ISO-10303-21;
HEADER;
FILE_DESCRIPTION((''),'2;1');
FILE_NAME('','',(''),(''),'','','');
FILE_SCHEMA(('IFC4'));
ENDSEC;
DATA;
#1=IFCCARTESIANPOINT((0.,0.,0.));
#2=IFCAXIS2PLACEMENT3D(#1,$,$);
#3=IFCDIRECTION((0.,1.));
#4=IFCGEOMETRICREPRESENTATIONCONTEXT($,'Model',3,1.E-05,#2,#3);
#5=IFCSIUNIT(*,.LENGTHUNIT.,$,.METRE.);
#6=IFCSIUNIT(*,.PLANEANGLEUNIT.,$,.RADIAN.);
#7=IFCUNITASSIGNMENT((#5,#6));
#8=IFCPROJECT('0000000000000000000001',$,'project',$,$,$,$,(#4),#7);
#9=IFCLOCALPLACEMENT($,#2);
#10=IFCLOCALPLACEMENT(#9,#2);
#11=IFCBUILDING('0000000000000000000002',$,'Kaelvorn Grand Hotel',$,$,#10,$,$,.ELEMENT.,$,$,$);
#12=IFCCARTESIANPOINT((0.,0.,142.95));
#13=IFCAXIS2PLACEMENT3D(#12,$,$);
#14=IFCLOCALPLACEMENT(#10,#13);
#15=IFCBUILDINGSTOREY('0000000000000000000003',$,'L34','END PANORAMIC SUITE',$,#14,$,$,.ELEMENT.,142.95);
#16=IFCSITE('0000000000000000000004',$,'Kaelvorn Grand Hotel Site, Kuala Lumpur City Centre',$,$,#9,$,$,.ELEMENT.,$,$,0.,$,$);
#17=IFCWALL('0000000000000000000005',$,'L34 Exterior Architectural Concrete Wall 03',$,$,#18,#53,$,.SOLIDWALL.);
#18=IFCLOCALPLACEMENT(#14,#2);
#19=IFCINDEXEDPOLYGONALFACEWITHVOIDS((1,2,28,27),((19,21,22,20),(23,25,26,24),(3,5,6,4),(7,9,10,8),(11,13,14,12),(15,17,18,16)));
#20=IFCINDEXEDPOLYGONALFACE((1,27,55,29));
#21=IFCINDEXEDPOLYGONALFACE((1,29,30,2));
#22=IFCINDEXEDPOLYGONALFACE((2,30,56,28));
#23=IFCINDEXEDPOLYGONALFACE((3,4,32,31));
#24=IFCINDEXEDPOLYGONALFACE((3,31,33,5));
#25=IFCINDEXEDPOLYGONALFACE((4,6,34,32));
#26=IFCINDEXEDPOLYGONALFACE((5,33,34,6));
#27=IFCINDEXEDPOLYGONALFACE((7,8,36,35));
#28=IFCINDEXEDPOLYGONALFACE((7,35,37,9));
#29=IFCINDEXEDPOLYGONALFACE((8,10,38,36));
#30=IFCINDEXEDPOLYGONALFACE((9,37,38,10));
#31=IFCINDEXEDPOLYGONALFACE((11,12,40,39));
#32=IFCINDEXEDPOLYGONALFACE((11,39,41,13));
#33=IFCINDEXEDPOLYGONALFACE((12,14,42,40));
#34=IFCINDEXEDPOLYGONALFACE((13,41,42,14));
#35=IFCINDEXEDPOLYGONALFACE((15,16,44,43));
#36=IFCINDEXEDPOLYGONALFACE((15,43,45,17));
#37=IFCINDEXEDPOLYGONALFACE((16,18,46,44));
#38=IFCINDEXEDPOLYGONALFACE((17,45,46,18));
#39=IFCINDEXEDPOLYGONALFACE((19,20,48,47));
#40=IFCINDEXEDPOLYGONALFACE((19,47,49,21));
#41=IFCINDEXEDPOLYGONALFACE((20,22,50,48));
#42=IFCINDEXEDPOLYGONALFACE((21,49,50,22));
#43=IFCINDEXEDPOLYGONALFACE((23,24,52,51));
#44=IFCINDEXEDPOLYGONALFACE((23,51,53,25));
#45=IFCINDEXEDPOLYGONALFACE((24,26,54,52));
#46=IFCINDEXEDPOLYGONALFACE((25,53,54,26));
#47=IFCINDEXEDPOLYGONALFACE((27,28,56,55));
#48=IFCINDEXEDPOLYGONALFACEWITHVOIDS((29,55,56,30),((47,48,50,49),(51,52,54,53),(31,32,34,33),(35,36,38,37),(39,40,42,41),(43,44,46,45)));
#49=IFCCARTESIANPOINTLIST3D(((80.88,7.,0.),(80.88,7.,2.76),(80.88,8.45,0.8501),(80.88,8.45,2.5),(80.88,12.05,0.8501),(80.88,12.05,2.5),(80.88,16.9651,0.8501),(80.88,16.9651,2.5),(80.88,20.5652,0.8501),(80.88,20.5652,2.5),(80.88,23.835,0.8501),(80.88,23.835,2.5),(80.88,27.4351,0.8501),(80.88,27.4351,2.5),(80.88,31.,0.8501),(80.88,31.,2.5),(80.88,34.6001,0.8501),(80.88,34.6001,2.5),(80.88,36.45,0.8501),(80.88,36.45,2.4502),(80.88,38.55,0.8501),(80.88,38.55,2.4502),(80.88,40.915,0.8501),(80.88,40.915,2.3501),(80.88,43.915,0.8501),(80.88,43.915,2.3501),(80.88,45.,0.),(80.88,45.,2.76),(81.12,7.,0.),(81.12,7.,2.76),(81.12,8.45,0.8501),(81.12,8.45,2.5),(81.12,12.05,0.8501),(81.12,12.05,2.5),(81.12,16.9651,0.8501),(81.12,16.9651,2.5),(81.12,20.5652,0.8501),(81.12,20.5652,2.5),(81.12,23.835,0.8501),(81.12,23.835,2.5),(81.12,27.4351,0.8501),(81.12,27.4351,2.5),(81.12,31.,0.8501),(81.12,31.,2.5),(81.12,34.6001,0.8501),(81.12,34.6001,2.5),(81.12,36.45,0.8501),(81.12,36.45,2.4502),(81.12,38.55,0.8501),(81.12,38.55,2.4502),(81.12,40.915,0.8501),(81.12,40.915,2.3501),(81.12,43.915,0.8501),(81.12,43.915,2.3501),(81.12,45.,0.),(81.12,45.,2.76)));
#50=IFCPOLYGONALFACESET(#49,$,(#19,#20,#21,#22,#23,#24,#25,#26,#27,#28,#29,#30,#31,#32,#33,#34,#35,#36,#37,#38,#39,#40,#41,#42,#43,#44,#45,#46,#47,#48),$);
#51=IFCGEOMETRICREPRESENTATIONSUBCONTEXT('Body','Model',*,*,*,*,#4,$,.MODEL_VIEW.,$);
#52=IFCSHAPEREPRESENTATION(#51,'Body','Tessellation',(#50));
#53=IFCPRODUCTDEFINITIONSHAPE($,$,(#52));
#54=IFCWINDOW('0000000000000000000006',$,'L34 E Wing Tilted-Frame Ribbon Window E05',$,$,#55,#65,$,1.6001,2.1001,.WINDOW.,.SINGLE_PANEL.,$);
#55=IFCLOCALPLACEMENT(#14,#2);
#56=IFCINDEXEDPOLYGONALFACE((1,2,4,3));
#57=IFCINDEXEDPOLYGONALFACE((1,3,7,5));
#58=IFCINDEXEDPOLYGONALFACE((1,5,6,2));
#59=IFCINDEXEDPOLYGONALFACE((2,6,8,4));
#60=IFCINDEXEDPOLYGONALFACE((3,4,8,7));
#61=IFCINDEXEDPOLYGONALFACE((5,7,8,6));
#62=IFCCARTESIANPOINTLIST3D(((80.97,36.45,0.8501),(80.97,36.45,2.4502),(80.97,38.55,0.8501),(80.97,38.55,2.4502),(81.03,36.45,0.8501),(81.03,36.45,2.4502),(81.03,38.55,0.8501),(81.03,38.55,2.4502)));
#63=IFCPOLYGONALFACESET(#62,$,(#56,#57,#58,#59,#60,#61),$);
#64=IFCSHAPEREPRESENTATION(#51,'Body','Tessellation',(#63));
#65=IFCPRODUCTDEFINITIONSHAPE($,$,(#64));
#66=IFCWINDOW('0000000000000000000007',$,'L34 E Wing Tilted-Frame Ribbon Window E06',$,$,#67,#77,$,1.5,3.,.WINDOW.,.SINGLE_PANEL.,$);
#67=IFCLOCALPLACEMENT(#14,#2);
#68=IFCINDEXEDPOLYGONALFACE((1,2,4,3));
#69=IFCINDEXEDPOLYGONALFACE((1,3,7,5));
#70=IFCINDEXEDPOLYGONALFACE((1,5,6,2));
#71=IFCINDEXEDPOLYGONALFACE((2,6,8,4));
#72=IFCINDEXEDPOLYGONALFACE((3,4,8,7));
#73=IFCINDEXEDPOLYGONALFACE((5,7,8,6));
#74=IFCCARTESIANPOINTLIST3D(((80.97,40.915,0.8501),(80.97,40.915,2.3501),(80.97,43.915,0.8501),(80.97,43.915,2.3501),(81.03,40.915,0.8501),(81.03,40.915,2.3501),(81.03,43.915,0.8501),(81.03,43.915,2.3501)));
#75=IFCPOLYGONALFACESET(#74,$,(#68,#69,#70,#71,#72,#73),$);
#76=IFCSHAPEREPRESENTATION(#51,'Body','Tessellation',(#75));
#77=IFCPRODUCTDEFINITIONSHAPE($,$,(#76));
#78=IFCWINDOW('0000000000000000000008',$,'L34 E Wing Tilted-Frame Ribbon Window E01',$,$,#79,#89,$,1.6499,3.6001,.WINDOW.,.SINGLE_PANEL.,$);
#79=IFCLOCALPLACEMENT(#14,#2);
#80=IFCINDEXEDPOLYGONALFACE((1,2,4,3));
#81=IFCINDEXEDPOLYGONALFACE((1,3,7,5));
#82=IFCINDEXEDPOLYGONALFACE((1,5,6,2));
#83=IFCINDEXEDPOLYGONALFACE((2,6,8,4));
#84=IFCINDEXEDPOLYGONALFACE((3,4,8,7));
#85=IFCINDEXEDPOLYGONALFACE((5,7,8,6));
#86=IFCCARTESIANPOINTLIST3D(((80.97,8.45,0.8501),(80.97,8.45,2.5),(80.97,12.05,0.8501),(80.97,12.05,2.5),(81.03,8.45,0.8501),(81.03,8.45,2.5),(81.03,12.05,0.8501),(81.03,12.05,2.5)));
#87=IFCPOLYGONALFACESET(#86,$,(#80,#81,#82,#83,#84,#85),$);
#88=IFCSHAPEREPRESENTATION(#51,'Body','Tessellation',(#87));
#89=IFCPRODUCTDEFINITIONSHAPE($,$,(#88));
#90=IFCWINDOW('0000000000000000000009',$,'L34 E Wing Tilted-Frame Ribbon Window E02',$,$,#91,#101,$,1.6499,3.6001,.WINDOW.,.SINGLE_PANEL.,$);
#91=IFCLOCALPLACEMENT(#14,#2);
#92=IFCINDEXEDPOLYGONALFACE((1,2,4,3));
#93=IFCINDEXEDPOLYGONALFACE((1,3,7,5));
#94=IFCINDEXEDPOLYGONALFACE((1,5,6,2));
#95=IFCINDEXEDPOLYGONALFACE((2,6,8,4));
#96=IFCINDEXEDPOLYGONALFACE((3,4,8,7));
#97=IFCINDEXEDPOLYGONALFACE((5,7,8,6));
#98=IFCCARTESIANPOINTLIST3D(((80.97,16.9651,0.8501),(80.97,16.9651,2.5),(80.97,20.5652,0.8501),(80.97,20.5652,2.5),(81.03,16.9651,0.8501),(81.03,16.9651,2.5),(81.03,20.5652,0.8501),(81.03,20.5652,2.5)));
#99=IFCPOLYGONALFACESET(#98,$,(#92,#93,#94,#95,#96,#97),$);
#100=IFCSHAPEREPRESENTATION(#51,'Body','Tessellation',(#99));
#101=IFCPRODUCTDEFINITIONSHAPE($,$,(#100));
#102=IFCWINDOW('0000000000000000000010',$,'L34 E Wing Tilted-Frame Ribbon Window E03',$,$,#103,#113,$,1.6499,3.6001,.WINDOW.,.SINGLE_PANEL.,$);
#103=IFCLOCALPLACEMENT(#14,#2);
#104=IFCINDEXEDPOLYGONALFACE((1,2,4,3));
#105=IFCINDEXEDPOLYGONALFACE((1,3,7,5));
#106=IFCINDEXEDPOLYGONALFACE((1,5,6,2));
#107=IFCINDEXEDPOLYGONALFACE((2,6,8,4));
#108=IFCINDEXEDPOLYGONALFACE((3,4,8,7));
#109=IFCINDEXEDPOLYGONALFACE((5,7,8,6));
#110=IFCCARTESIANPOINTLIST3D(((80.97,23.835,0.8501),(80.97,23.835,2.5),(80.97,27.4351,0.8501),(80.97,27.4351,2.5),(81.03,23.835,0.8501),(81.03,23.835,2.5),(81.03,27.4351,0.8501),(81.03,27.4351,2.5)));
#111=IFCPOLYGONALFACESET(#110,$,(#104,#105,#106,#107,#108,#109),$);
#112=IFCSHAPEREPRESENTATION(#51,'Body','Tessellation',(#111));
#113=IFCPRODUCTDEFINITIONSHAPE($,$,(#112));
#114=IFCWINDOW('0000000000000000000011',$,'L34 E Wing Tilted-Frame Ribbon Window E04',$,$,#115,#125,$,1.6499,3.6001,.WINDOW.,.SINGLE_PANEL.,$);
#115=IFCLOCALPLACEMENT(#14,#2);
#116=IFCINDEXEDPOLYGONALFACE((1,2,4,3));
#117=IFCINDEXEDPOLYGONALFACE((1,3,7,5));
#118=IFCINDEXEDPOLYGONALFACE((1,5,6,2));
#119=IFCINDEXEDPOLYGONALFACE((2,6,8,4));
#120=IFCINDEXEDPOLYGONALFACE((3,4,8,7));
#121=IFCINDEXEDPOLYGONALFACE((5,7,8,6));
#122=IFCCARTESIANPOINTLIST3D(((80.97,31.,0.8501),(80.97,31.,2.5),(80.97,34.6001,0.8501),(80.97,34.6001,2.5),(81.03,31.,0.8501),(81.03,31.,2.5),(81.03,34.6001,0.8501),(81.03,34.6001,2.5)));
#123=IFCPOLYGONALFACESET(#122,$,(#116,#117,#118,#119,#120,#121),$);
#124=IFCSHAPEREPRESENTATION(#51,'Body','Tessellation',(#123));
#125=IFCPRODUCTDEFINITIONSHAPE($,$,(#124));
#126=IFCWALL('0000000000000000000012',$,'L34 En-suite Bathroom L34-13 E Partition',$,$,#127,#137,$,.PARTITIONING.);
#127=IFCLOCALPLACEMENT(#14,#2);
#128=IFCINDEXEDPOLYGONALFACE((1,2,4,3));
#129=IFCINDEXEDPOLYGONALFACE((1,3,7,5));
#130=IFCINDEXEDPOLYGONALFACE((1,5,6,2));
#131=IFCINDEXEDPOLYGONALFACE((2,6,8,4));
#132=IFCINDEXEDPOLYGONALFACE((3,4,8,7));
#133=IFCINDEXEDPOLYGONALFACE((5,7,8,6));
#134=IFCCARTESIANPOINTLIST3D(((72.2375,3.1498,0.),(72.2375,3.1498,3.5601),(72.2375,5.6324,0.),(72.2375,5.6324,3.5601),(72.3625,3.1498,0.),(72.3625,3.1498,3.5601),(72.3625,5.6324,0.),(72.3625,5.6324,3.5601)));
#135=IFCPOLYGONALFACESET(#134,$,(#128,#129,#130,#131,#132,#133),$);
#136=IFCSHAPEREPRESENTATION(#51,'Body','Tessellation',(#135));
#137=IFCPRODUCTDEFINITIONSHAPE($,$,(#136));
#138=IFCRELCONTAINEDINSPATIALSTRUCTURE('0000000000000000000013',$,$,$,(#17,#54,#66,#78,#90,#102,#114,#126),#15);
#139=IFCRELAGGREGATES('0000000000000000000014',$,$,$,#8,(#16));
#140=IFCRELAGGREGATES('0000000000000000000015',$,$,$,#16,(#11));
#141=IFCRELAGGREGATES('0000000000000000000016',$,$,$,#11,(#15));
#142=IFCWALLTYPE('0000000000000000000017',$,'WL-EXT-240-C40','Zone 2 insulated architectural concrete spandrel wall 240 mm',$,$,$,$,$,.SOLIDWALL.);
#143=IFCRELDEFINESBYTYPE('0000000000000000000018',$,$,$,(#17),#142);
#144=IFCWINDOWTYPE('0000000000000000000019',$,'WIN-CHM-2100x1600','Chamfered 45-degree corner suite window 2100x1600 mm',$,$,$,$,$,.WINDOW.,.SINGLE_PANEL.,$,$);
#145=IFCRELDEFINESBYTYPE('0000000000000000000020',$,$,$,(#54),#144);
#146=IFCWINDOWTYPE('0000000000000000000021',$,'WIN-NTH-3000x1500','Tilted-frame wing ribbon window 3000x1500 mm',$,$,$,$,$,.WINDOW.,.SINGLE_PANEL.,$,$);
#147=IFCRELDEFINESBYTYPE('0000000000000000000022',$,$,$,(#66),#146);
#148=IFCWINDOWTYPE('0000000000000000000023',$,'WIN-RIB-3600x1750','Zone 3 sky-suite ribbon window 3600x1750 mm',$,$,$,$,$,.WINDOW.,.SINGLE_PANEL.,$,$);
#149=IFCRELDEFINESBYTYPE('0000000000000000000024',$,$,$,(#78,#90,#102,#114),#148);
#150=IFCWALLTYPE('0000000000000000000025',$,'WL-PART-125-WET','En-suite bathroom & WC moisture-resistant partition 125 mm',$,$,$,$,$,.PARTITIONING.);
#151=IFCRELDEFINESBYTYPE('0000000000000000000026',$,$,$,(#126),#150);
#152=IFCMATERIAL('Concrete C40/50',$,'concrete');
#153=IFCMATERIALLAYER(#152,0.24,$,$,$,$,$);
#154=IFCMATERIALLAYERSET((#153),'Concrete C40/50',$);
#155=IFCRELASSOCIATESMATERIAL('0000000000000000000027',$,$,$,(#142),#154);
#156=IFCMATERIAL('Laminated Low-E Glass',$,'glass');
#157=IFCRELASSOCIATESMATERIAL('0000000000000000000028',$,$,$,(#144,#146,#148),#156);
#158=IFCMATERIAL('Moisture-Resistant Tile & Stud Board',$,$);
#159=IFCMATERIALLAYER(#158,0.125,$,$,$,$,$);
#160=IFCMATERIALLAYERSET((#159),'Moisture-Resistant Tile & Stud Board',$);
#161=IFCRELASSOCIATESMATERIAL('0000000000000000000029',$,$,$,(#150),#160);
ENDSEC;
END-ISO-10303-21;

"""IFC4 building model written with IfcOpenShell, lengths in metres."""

from ifc_helpers import new_model, si_unit, direction, frame, frame_2d, origin, place, context, subcontext, project, spatial, rectangle, extrude, material, layer, layer_set, type_object, element, fill, save


model = new_model("IFC4")

# Units and contexts
model_context = context("Model", 3, precision=1e-05, world=origin(), true_north=direction((0.0, 1.0)))
body_context = subcontext(model_context, "Body", "Model", "MODEL_VIEW")
ifc_project = project(units=[si_unit("LENGTHUNIT", "METRE"), si_unit("PLANEANGLEUNIT", "RADIAN")], contexts=[model_context])

# Site, building, storey
site_placement = place(None, origin())
site = spatial("IfcSite", under=ifc_project, at=site_placement, Name="Kaelvorn Grand Hotel Site, Kuala Lumpur City Centre", CompositionType="ELEMENT", RefElevation=0.0)
building_placement = place(site_placement, origin())
building = spatial("IfcBuilding", under=site, at=building_placement, Name="Kaelvorn Grand Hotel", CompositionType="ELEMENT")
storey_placement = place(building_placement, frame((0.0, 0.0, 142.95)))
storey = spatial("IfcBuildingStorey", under=building, at=storey_placement, Name="L34", Description="END PANORAMIC SUITE", CompositionType="ELEMENT", Elevation=142.95)

# Shared definitions
ifc_material_1 = material(Name="Concrete C40/50", Category="concrete")

# Shared definitions
ifc_layer_1 = layer(ifc_material_1, 0.24)
ifc_layer_set_1 = layer_set([ifc_layer_1], Name="Concrete C40/50")
wall_type_1 = type_object("IfcWallType", Name="WL-EXT-240-C40", Description="Zone 2 insulated architectural concrete spandrel wall 240 mm", PredefinedType="SOLIDWALL", material=ifc_layer_set_1)
ifc_material_2 = material(Name="Laminated Low-E Glass", Category="glass")
window_type_1 = type_object("IfcWindowType", Name="WIN-CHM-2100x1600", Description="Chamfered 45-degree corner suite window 2100x1600 mm", PartitioningType="SINGLE_PANEL", PredefinedType="WINDOW", material=ifc_material_2)

# Wall, openings, windows
wall_1_placement = place(storey_placement, frame((81.0, 7.0, 0.0), z_axis=(0.0, 0.0, 1.0), x_axis=(0.0, 1.0, 0.0)))
wall_1 = element("IfcWall", 1, at=wall_1_placement, inside=storey, type_object=wall_type_1, Name="L34 Exterior Architectural Concrete Wall 03", PredefinedType="SOLIDWALL", context=body_context, shape_type="SweptSolid", body=[
    extrude(rectangle(XDim=38.0, YDim=0.24, at=frame_2d((19.0, 0.0))), origin(), (0.0, 0.0, 1.0), 2.76),
])
opening_1_placement = place(wall_1_placement, frame((1.45, 0.0, 0.8501)))
opening_1 = element("IfcOpeningElement", 2, at=opening_1_placement, cuts=wall_1, PredefinedType="OPENING", context=body_context, shape_type="SweptSolid", body=[
    extrude(rectangle(XDim=3.6001, YDim=1.6499, at=frame_2d((1.8, 0.825))), frame((0.0, 0.1299, 0.0), z_axis=(0.0, -1.0, 0.0), x_axis=(1.0, 0.0, 0.0)), (0.0, 0.0, 1.0), 0.26),
])
opening_2_placement = place(wall_1_placement, frame((9.9651, 0.0, 0.8501)))
opening_2 = element("IfcOpeningElement", 3, at=opening_2_placement, cuts=wall_1, PredefinedType="OPENING", context=body_context, shape_type="SweptSolid", body=[
    extrude(rectangle(XDim=3.6001, YDim=1.6499, at=frame_2d((1.8, 0.825))), frame((0.0, 0.1299, 0.0), z_axis=(0.0, -1.0, 0.0), x_axis=(1.0, 0.0, 0.0)), (0.0, 0.0, 1.0), 0.26),
])
opening_3_placement = place(wall_1_placement, frame((16.835, 0.0, 0.8501)))
opening_3 = element("IfcOpeningElement", 4, at=opening_3_placement, cuts=wall_1, PredefinedType="OPENING", context=body_context, shape_type="SweptSolid", body=[
    extrude(rectangle(XDim=3.6001, YDim=1.6499, at=frame_2d((1.8, 0.825))), frame((0.0, 0.1299, 0.0), z_axis=(0.0, -1.0, 0.0), x_axis=(1.0, 0.0, 0.0)), (0.0, 0.0, 1.0), 0.26),
])
opening_4_placement = place(wall_1_placement, frame((24.0, 0.0, 0.8501)))
opening_4 = element("IfcOpeningElement", 5, at=opening_4_placement, cuts=wall_1, PredefinedType="OPENING", context=body_context, shape_type="SweptSolid", body=[
    extrude(rectangle(XDim=3.6001, YDim=1.6499, at=frame_2d((1.8, 0.825))), frame((0.0, 0.1299, 0.0), z_axis=(0.0, -1.0, 0.0), x_axis=(1.0, 0.0, 0.0)), (0.0, 0.0, 1.0), 0.26),
])
opening_5_placement = place(wall_1_placement, frame((29.45, 0.0, 0.8501)))
opening_5 = element("IfcOpeningElement", 6, at=opening_5_placement, cuts=wall_1, PredefinedType="OPENING", context=body_context, shape_type="SweptSolid", body=[
    extrude(rectangle(XDim=2.1001, YDim=1.6001, at=frame_2d((1.05, 0.8))), frame((0.0, 0.1299, 0.0), z_axis=(0.0, -1.0, 0.0), x_axis=(1.0, 0.0, 0.0)), (0.0, 0.0, 1.0), 0.26),
])
opening_6_placement = place(wall_1_placement, frame((33.915, 0.0, 0.8501)))
opening_6 = element("IfcOpeningElement", 7, at=opening_6_placement, cuts=wall_1, PredefinedType="OPENING", context=body_context, shape_type="SweptSolid", body=[
    extrude(rectangle(XDim=3.0, YDim=1.5, at=frame_2d((1.5, 0.75))), frame((0.0, 0.1299, 0.0), z_axis=(0.0, -1.0, 0.0), x_axis=(1.0, 0.0, 0.0)), (0.0, 0.0, 1.0), 0.26),
])
window_1_placement = place(opening_5_placement, origin())
window_1 = element("IfcWindow", 8, at=window_1_placement, inside=storey, type_object=window_type_1, Name="L34 E Wing Tilted-Frame Ribbon Window E05", OverallHeight=1.6001, OverallWidth=2.1001, PartitioningType="SINGLE_PANEL", PredefinedType="WINDOW", context=body_context, shape_type="SweptSolid", body=[
    extrude(rectangle(XDim=2.1001, YDim=1.6001, at=frame_2d((1.05, 0.8))), frame((0.0, 0.03, 0.0), z_axis=(0.0, -1.0, 0.0), x_axis=(1.0, 0.0, 0.0)), (0.0, 0.0, 1.0), 0.0601),
])
fill(opening_5, window_1)
window_type_2 = type_object("IfcWindowType", Name="WIN-NTH-3000x1500", Description="Tilted-frame wing ribbon window 3000x1500 mm", PartitioningType="SINGLE_PANEL", PredefinedType="WINDOW", material=ifc_material_2)
window_2_placement = place(opening_6_placement, origin())
window_2 = element("IfcWindow", 9, at=window_2_placement, inside=storey, type_object=window_type_2, Name="L34 E Wing Tilted-Frame Ribbon Window E06", OverallHeight=1.5, OverallWidth=3.0, PartitioningType="SINGLE_PANEL", PredefinedType="WINDOW", context=body_context, shape_type="SweptSolid", body=[
    extrude(rectangle(XDim=3.0, YDim=1.5, at=frame_2d((1.5, 0.75))), frame((0.0, 0.03, 0.0), z_axis=(0.0, -1.0, 0.0), x_axis=(1.0, 0.0, 0.0)), (0.0, 0.0, 1.0), 0.0601),
])
fill(opening_6, window_2)
window_type_3 = type_object("IfcWindowType", Name="WIN-RIB-3600x1750", Description="Zone 3 sky-suite ribbon window 3600x1750 mm", PartitioningType="SINGLE_PANEL", PredefinedType="WINDOW", material=ifc_material_2)
window_3_placement = place(opening_1_placement, origin())
window_3 = element("IfcWindow", 10, at=window_3_placement, inside=storey, type_object=window_type_3, Name="L34 E Wing Tilted-Frame Ribbon Window E01", OverallHeight=1.6499, OverallWidth=3.6001, PartitioningType="SINGLE_PANEL", PredefinedType="WINDOW", context=body_context, shape_type="SweptSolid", body=[
    extrude(rectangle(XDim=3.6001, YDim=1.6499, at=frame_2d((1.8, 0.825))), frame((0.0, 0.03, 0.0), z_axis=(0.0, -1.0, 0.0), x_axis=(1.0, 0.0, 0.0)), (0.0, 0.0, 1.0), 0.0601),
])
fill(opening_1, window_3)
window_4_placement = place(opening_2_placement, origin())
window_4 = element("IfcWindow", 11, at=window_4_placement, inside=storey, type_object=window_type_3, Name="L34 E Wing Tilted-Frame Ribbon Window E02", OverallHeight=1.6499, OverallWidth=3.6001, PartitioningType="SINGLE_PANEL", PredefinedType="WINDOW", context=body_context, shape_type="SweptSolid", body=[
    extrude(rectangle(XDim=3.6001, YDim=1.6499, at=frame_2d((1.8, 0.825))), frame((0.0, 0.03, 0.0), z_axis=(0.0, -1.0, 0.0), x_axis=(1.0, 0.0, 0.0)), (0.0, 0.0, 1.0), 0.0601),
])
fill(opening_2, window_4)
window_5_placement = place(opening_3_placement, origin())
window_5 = element("IfcWindow", 12, at=window_5_placement, inside=storey, type_object=window_type_3, Name="L34 E Wing Tilted-Frame Ribbon Window E03", OverallHeight=1.6499, OverallWidth=3.6001, PartitioningType="SINGLE_PANEL", PredefinedType="WINDOW", context=body_context, shape_type="SweptSolid", body=[
    extrude(rectangle(XDim=3.6001, YDim=1.6499, at=frame_2d((1.8, 0.825))), frame((0.0, 0.03, 0.0), z_axis=(0.0, -1.0, 0.0), x_axis=(1.0, 0.0, 0.0)), (0.0, 0.0, 1.0), 0.0601),
])
fill(opening_3, window_5)
window_6_placement = place(opening_4_placement, origin())
window_6 = element("IfcWindow", 13, at=window_6_placement, inside=storey, type_object=window_type_3, Name="L34 E Wing Tilted-Frame Ribbon Window E04", OverallHeight=1.6499, OverallWidth=3.6001, PartitioningType="SINGLE_PANEL", PredefinedType="WINDOW", context=body_context, shape_type="SweptSolid", body=[
    extrude(rectangle(XDim=3.6001, YDim=1.6499, at=frame_2d((1.8, 0.825))), frame((0.0, 0.03, 0.0), z_axis=(0.0, -1.0, 0.0), x_axis=(1.0, 0.0, 0.0)), (0.0, 0.0, 1.0), 0.0601),
])
fill(opening_4, window_6)

# Wall
ifc_material_3 = material(Name="Moisture-Resistant Tile & Stud Board")
ifc_layer_2 = layer(ifc_material_3, 0.125)
ifc_layer_set_2 = layer_set([ifc_layer_2], Name="Moisture-Resistant Tile & Stud Board")
wall_type_2 = type_object("IfcWallType", Name="WL-PART-125-WET", Description="En-suite bathroom & WC moisture-resistant partition 125 mm", PredefinedType="PARTITIONING", material=ifc_layer_set_2)
wall_2_placement = place(storey_placement, frame((72.3, 3.1499, 0.0), z_axis=(0.0, 0.0, 1.0), x_axis=(0.0, 1.0, 0.0)))
element("IfcWall", 14, at=wall_2_placement, inside=storey, type_object=wall_type_2, Name="L34 En-suite Bathroom L34-13 E Partition", PredefinedType="PARTITIONING", context=body_context, shape_type="SweptSolid", body=[
    extrude(rectangle(XDim=2.4827, YDim=0.125, at=frame_2d((1.2412, 0.0))), origin(), (0.0, 0.0, 1.0), 3.5601),
])

save(model, "model.ifc")
